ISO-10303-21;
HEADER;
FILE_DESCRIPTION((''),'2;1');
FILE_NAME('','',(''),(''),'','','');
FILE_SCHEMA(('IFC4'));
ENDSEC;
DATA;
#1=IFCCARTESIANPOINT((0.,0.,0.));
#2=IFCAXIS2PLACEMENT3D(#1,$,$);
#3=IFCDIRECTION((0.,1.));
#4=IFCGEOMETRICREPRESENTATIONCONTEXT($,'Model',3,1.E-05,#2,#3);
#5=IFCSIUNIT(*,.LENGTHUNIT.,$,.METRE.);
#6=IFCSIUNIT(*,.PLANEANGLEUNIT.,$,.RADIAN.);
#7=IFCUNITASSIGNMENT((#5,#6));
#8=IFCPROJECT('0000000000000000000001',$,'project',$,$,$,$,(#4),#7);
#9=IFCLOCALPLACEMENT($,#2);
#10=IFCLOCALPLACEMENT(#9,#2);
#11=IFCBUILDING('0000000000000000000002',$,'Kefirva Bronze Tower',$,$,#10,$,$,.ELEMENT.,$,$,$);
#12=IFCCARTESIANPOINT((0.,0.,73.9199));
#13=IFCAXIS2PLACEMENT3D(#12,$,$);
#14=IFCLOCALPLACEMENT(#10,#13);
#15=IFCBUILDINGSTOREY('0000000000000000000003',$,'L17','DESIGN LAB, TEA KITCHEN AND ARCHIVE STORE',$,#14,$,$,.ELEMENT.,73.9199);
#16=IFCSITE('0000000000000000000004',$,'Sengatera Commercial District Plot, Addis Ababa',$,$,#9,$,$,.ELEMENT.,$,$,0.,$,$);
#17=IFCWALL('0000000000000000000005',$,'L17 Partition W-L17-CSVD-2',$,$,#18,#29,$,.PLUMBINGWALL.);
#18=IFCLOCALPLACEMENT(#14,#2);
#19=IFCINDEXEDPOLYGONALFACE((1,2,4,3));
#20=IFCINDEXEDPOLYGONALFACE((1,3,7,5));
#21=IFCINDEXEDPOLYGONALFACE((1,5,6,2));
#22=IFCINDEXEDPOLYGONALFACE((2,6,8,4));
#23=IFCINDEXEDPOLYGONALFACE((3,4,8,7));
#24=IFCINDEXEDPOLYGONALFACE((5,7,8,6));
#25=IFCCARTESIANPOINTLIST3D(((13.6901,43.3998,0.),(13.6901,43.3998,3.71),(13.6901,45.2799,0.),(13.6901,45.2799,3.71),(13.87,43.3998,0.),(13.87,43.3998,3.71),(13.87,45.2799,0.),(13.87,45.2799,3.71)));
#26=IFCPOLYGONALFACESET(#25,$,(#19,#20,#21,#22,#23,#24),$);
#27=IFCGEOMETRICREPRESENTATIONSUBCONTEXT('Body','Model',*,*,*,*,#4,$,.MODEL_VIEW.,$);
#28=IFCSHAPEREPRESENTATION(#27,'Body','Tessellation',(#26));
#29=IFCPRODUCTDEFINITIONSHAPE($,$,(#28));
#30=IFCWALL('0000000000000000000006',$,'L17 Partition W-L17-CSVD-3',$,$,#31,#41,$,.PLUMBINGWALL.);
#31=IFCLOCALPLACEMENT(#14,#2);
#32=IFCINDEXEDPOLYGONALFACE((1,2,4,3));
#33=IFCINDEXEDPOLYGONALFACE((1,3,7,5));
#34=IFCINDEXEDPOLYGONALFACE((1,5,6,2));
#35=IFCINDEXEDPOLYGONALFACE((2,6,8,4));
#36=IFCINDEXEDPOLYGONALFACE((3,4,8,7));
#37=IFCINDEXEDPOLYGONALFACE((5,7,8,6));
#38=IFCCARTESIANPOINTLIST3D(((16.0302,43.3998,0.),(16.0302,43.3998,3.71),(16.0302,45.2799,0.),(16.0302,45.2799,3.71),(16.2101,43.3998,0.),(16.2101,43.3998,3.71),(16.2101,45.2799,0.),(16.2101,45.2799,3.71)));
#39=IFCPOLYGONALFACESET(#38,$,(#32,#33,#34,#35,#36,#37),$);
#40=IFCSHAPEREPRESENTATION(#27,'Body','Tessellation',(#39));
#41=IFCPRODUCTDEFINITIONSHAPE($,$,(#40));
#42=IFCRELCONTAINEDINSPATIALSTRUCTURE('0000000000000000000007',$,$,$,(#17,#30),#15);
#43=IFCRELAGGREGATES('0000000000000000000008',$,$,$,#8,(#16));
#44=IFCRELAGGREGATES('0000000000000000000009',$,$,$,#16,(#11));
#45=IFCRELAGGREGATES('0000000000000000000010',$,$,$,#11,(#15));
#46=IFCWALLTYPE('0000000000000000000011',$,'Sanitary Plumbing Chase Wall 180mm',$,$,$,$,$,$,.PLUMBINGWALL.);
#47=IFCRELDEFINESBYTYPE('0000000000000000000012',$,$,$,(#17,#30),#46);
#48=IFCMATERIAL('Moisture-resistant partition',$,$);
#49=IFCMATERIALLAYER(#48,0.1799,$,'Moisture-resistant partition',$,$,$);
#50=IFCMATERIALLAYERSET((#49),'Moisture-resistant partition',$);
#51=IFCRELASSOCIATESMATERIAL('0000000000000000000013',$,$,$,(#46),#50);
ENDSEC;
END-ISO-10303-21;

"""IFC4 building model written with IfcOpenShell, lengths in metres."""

from ifc_helpers import new_model, si_unit, direction, frame, frame_2d, origin, place, context, subcontext, project, spatial, rectangle, extrude, material, layer, layer_set, type_object, element, save


model = new_model("IFC4")

# Units and contexts
model_context = context("Model", 3, precision=1e-05, world=origin(), true_north=direction((0.0, 1.0)))
body_context = subcontext(model_context, "Body", "Model", "MODEL_VIEW")
ifc_project = project(units=[si_unit("LENGTHUNIT", "METRE"), si_unit("PLANEANGLEUNIT", "RADIAN")], contexts=[model_context])

# Site, building, storey
site_placement = place(None, origin())
site = spatial("IfcSite", under=ifc_project, at=site_placement, Name="Sengatera Commercial District Plot, Addis Ababa", CompositionType="ELEMENT", RefElevation=0.0)
building_placement = place(site_placement, origin())
building = spatial("IfcBuilding", under=site, at=building_placement, Name="Kefirva Bronze Tower", CompositionType="ELEMENT")
storey_placement = place(building_placement, frame((0.0, 0.0, 73.9199)))
storey = spatial("IfcBuildingStorey", under=building, at=storey_placement, Name="L17", Description="DESIGN LAB, TEA KITCHEN AND ARCHIVE STORE", CompositionType="ELEMENT", Elevation=73.9199)

# Walls
ifc_material_1 = material(Name="Moisture-resistant partition")
ifc_layer_1 = layer(ifc_material_1, 0.1799, Name="Moisture-resistant partition")
ifc_layer_set_1 = layer_set([ifc_layer_1], Name="Moisture-resistant partition")
wall_type_1 = type_object("IfcWallType", Name="Sanitary Plumbing Chase Wall 180mm", PredefinedType="PLUMBINGWALL", material=ifc_layer_set_1)
for number, where, z_axis, x_axis, name in (
    (1, (13.78, 43.3999, 0.0), (0.0, 0.0, 1.0), (0.0, 1.0, 0.0), "L17 Partition W-L17-CSVD-2"),
    (2, (16.1201, 43.3999, 0.0), (0.0, 0.0, 1.0), (0.0, 1.0, 0.0), "L17 Partition W-L17-CSVD-3"),
):
    element("IfcWall", number, at=place(storey_placement, frame(where, z_axis=z_axis, x_axis=x_axis)), inside=storey, type_object=wall_type_1, Name=name, PredefinedType="PLUMBINGWALL", context=body_context, shape_type="SweptSolid", body=[
        extrude(rectangle(XDim=1.8801, YDim=0.1799, at=frame_2d((0.9399, 0.0))), origin(), (0.0, 0.0, 1.0), 3.71),
    ])

save(model, "model.ifc")
